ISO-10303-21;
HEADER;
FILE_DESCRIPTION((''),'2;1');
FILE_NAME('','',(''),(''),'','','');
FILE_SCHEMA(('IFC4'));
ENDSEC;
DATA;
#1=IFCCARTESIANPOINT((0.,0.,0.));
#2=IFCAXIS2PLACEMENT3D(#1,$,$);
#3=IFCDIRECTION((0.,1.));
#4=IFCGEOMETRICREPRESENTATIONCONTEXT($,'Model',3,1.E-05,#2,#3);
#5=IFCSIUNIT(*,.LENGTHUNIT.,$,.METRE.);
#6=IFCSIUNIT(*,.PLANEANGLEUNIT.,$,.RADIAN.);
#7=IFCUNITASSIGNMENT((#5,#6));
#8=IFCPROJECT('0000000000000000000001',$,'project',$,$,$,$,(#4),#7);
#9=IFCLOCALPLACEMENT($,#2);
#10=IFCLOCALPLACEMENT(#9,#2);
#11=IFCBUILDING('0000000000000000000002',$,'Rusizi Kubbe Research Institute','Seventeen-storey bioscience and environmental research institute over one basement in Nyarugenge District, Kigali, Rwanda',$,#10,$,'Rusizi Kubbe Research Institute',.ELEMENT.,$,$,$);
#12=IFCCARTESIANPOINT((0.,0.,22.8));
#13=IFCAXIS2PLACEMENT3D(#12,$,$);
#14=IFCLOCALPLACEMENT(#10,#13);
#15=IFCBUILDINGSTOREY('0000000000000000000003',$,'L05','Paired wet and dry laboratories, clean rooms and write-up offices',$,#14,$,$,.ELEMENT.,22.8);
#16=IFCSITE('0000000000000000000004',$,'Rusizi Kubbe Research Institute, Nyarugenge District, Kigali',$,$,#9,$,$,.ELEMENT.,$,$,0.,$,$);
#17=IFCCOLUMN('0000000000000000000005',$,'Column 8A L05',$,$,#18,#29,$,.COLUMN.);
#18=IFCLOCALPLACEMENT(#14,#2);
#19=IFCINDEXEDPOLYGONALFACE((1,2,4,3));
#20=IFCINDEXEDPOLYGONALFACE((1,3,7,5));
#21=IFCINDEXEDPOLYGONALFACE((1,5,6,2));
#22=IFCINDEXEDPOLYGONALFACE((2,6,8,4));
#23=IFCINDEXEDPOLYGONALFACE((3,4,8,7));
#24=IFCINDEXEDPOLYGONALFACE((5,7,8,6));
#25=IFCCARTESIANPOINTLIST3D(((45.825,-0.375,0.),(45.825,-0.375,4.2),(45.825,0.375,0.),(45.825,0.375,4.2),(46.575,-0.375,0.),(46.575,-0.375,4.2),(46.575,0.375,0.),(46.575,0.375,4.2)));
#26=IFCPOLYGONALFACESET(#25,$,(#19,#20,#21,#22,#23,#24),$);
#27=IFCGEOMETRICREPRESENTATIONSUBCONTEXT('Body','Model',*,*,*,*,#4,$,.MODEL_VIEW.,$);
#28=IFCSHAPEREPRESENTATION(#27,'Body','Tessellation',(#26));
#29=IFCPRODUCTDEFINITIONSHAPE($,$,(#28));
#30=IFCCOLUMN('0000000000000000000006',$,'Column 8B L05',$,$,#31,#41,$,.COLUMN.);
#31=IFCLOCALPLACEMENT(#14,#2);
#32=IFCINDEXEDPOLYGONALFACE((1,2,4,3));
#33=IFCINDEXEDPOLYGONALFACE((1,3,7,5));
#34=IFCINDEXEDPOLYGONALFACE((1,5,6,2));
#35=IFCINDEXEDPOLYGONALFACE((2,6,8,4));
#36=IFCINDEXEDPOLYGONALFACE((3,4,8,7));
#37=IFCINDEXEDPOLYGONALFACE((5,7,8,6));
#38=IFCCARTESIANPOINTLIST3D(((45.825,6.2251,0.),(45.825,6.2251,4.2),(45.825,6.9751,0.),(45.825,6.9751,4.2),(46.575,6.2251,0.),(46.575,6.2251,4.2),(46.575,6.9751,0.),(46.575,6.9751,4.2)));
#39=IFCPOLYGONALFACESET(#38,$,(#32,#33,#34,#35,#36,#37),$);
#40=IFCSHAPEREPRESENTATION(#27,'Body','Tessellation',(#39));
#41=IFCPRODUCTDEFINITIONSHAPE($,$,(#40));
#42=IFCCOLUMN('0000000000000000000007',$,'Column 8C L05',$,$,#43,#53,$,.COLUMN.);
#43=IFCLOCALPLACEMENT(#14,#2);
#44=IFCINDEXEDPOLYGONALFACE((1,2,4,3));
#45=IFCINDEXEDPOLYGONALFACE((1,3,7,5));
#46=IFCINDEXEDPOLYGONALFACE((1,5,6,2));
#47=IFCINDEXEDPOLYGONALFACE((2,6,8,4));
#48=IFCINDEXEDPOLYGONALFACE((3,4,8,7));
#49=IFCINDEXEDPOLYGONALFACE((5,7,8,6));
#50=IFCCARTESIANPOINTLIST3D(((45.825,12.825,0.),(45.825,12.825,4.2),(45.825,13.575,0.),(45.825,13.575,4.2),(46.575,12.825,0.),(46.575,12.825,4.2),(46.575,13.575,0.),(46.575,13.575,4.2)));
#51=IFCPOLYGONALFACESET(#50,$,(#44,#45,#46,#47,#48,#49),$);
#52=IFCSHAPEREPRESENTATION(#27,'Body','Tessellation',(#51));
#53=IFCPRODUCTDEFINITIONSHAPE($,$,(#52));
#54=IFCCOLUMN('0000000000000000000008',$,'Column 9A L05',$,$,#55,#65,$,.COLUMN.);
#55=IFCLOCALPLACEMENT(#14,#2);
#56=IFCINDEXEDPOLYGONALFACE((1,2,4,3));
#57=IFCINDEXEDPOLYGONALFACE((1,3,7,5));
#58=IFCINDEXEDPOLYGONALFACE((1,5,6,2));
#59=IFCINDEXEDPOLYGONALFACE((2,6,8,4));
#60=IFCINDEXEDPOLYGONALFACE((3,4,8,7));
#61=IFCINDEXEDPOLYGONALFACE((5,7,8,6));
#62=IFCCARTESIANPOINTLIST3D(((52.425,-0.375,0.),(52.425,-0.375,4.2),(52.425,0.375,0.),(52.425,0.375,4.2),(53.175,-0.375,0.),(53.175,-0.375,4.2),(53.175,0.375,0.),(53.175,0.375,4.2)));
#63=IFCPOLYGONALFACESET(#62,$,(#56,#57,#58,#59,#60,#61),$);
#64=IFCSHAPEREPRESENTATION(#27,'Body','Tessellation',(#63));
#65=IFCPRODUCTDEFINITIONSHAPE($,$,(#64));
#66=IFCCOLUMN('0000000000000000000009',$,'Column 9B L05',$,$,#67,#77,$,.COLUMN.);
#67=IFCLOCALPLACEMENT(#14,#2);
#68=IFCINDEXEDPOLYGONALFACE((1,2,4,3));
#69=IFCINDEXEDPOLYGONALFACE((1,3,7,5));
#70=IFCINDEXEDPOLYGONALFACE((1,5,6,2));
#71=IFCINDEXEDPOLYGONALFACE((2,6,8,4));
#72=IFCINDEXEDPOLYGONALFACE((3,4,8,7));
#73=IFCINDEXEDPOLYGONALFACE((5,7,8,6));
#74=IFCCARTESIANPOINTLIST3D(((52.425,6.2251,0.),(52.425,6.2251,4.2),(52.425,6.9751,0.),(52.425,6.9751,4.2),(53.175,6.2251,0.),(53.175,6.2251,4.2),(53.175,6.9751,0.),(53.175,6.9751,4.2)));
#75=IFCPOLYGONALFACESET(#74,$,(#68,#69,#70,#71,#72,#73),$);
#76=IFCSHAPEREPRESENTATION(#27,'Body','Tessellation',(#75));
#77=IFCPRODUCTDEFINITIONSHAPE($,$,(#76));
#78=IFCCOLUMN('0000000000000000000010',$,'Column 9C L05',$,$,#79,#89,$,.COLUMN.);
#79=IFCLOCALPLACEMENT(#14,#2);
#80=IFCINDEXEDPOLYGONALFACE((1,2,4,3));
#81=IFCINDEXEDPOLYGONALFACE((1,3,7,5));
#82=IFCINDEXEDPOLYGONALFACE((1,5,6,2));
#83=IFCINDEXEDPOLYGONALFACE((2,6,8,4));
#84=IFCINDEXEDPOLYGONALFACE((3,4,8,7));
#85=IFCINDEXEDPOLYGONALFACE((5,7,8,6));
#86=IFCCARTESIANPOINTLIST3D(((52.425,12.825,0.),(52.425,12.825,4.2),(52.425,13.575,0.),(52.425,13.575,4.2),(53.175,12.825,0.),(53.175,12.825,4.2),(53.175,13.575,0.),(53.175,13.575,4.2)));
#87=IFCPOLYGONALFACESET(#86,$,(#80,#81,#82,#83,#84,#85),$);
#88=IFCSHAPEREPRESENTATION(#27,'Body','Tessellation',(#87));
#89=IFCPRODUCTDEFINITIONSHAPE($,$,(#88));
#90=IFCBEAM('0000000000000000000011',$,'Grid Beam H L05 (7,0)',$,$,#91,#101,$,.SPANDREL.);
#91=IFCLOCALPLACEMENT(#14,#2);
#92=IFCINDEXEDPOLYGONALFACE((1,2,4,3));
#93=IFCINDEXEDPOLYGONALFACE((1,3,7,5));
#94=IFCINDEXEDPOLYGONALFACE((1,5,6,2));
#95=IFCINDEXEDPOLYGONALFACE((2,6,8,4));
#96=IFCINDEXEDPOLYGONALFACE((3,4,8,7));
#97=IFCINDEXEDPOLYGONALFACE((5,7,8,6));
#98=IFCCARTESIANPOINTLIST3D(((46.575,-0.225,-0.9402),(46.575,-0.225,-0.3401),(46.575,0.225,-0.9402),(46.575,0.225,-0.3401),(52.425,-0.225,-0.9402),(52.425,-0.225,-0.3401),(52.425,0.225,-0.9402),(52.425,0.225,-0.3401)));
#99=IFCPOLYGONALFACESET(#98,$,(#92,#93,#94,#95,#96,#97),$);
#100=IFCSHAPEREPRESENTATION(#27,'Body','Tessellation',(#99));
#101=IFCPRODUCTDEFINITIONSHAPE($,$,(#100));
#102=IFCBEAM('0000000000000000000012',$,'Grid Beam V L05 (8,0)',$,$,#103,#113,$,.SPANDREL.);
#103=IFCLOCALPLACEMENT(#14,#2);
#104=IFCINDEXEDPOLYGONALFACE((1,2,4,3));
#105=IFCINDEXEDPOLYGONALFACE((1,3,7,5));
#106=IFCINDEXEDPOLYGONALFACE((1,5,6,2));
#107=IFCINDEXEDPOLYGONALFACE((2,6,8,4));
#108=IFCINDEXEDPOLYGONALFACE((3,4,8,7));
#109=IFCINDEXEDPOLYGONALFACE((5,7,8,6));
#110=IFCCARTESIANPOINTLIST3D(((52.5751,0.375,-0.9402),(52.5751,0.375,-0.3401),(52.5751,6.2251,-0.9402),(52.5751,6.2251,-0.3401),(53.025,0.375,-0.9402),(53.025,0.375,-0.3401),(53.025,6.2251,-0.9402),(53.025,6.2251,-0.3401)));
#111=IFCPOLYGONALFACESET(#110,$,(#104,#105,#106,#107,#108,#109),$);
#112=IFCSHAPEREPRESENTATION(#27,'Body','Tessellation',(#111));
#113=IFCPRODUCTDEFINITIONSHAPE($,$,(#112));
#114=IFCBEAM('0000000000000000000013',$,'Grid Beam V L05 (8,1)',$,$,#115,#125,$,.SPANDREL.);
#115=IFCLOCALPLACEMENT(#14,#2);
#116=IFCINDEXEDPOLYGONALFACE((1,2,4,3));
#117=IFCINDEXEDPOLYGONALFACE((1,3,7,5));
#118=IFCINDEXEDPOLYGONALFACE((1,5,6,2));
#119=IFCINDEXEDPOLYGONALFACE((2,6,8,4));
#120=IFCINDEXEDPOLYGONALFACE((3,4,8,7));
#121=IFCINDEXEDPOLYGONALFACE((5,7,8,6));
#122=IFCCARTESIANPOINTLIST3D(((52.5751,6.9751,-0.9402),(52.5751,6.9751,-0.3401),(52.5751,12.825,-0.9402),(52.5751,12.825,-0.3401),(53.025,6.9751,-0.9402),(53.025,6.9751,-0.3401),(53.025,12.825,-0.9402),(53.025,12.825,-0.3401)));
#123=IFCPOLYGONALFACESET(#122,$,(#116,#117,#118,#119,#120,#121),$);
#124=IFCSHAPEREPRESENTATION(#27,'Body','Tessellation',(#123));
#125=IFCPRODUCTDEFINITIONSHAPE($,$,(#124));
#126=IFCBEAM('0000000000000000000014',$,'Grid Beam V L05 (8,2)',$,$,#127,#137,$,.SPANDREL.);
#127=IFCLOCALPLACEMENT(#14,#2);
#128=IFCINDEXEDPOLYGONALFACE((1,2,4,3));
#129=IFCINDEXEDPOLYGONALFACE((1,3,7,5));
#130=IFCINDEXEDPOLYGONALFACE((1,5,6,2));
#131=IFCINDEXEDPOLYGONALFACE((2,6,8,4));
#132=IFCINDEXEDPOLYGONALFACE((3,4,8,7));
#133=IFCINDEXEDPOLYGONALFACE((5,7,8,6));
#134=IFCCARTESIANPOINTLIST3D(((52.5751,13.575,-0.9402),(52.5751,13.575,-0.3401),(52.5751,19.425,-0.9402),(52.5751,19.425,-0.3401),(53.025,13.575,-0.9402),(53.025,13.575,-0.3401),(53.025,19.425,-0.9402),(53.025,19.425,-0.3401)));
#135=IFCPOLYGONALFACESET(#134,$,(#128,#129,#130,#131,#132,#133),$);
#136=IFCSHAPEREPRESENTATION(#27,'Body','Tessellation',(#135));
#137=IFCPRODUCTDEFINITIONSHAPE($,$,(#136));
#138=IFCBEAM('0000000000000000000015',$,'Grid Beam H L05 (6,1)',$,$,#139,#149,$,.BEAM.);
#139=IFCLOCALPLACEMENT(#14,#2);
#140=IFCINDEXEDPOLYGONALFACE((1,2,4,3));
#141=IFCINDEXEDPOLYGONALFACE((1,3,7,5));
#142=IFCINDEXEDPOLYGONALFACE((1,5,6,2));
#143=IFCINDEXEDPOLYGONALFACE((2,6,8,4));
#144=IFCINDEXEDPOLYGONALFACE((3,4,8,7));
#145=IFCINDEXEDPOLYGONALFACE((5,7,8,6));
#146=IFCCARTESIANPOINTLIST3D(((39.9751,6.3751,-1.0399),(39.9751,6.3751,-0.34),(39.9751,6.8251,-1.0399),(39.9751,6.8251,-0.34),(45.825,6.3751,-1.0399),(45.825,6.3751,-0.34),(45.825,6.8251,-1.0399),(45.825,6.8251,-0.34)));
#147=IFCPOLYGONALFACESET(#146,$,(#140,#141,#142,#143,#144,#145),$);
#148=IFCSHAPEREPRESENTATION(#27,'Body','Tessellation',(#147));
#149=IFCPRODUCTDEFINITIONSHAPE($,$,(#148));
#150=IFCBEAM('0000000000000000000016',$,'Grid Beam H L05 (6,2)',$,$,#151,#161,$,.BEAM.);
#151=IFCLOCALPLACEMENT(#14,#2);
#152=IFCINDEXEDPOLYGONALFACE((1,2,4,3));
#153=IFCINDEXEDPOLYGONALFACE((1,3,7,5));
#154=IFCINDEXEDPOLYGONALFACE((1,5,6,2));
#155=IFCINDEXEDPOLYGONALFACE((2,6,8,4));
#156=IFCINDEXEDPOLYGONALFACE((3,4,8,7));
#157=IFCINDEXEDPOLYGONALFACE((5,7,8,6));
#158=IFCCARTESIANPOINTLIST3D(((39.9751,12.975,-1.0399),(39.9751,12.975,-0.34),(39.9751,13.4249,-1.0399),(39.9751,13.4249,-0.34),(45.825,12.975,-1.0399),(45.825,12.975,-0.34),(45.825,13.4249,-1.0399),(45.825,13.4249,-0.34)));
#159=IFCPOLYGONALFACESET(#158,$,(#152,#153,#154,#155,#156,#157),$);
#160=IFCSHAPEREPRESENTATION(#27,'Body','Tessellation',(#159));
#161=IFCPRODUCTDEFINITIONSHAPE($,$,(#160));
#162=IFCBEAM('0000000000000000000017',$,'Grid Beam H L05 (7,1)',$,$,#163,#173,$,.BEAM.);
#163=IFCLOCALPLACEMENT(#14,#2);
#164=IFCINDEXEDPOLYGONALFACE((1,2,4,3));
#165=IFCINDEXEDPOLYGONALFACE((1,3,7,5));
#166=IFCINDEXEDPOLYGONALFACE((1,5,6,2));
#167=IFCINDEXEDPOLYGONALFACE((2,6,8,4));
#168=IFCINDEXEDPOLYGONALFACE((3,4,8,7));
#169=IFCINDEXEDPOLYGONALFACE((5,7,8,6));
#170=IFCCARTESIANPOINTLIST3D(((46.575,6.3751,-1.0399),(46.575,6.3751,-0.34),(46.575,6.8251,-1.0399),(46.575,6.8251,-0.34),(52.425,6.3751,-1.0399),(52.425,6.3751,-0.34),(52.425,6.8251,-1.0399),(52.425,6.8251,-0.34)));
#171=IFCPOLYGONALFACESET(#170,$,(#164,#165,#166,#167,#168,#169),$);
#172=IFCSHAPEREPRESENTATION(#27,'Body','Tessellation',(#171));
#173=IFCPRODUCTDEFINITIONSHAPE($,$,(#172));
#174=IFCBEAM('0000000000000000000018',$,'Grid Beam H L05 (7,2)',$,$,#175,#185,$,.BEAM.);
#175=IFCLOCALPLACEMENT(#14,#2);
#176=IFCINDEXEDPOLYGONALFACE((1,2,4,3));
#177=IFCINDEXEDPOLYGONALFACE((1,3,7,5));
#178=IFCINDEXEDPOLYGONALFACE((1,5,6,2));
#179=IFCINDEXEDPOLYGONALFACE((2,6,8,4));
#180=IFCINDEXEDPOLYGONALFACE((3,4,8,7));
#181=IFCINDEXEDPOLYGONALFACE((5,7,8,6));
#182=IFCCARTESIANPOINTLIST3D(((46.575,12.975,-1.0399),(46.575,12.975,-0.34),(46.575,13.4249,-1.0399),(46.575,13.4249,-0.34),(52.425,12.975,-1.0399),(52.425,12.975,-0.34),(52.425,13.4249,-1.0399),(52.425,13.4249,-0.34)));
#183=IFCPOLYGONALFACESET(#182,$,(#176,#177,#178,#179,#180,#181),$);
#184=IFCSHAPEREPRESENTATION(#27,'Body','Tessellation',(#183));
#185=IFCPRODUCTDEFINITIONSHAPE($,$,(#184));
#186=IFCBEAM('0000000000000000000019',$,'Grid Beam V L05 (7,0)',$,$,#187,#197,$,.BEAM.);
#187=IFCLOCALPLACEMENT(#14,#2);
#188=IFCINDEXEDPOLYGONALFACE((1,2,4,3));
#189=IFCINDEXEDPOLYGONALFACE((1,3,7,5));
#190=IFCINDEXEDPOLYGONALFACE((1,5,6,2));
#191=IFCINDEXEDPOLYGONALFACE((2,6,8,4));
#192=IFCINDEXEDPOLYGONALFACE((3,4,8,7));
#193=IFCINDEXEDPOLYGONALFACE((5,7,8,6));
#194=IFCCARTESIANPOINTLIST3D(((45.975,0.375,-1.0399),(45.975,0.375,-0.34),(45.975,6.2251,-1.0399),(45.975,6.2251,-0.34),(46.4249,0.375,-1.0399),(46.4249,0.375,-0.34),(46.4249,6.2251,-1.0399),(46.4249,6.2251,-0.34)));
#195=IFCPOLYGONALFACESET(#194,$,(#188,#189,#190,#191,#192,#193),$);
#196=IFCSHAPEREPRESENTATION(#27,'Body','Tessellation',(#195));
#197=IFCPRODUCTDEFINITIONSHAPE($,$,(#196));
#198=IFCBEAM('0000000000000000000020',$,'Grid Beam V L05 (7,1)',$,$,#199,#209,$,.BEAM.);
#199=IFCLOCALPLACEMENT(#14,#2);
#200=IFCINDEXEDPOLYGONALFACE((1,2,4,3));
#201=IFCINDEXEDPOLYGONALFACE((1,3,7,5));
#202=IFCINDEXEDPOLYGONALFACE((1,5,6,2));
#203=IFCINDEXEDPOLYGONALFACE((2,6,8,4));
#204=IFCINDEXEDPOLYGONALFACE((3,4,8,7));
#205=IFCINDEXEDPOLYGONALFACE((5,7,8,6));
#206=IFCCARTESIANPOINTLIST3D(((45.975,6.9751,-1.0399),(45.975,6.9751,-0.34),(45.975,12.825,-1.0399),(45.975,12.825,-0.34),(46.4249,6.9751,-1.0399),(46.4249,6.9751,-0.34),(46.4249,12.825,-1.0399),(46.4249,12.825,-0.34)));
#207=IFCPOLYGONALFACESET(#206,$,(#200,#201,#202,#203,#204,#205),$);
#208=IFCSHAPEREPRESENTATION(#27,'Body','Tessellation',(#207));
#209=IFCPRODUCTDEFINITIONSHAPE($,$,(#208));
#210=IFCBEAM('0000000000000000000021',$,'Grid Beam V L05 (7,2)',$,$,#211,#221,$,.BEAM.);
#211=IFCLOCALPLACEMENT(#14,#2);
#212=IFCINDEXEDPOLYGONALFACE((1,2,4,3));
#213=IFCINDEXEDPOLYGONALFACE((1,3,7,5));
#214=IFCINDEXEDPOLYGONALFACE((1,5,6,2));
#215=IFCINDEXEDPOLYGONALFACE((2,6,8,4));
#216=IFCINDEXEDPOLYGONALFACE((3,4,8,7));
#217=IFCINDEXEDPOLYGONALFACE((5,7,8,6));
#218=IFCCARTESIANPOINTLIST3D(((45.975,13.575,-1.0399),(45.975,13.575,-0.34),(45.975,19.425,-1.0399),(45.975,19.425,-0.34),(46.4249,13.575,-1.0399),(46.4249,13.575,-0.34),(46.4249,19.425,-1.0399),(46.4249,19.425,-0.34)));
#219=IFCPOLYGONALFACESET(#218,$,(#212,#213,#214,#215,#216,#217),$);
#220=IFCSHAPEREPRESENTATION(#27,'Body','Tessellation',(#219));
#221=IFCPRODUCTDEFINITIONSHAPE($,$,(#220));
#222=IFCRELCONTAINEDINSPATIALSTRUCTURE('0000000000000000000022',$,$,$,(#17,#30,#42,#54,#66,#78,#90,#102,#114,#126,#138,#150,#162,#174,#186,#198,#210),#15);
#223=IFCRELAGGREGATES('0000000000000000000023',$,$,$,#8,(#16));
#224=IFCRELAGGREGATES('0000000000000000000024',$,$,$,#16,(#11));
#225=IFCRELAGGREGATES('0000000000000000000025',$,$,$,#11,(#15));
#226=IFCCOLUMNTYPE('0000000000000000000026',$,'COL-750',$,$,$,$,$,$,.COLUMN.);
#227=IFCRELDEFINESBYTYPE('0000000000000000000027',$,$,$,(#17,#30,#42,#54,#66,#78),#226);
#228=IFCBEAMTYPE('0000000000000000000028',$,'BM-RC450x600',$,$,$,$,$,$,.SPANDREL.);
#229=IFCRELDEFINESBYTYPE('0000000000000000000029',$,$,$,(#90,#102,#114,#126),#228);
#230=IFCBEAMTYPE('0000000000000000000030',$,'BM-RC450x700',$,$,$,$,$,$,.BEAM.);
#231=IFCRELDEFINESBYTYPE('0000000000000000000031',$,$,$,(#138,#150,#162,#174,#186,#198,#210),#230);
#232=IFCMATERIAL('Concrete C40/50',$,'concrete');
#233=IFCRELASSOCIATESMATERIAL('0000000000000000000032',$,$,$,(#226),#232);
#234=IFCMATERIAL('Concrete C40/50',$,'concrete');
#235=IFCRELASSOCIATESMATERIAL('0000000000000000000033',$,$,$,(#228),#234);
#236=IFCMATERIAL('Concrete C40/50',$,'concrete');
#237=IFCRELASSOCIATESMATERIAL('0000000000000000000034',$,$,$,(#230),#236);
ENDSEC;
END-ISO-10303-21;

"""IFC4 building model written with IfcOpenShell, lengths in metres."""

from ifc_helpers import new_model, si_unit, direction, frame, origin, origin_2d, place, context, subcontext, project, spatial, rectangle, extrude, material, material_profile, profile_set, type_object, element, save


model = new_model("IFC4")

# Units and contexts
model_context = context("Model", 3, precision=1e-05, world=origin(), true_north=direction((0.0, 1.0)))
body_context = subcontext(model_context, "Body", "Model", "MODEL_VIEW")
ifc_project = project(units=[si_unit("LENGTHUNIT", "METRE"), si_unit("PLANEANGLEUNIT", "RADIAN")], contexts=[model_context])

# Site, building, storey
site_placement = place(None, origin())
site = spatial("IfcSite", under=ifc_project, at=site_placement, Name="Rusizi Kubbe Research Institute, Nyarugenge District, Kigali", CompositionType="ELEMENT", RefElevation=0.0)
building_placement = place(site_placement, origin())
building = spatial("IfcBuilding", under=site, at=building_placement, Name="Rusizi Kubbe Research Institute", Description="Seventeen-storey bioscience and environmental research institute over one basement in Nyarugenge District, Kigali, Rwanda", LongName="Rusizi Kubbe Research Institute", CompositionType="ELEMENT")
storey_placement = place(building_placement, frame((0.0, 0.0, 22.8)))
storey = spatial("IfcBuildingStorey", under=building, at=storey_placement, Name="L05", Description="Paired wet and dry laboratories, clean rooms and write-up offices", CompositionType="ELEMENT", Elevation=22.8)

# Columns
ifc_material_1 = material(Name="Concrete C40/50", Category="concrete")
ifc_material_profile_1 = material_profile(ifc_material_1, rectangle(XDim=0.75, YDim=0.75, at=origin_2d()), Name="RC750x750")
ifc_profile_set_1 = profile_set([ifc_material_profile_1], Name="Concrete C40/50")
column_type = type_object("IfcColumnType", Name="COL-750", PredefinedType="COLUMN", material=ifc_profile_set_1)
for number, where, z_axis, x_axis, name in (
    (1, (46.2, 0.0, 0.0), (0.0, 0.0, 1.0), (1.0, 0.0, 0.0), "Column 8A L05"),
    (2, (46.2, 6.6001, 0.0), (0.0, 0.0, 1.0), (1.0, 0.0, 0.0), "Column 8B L05"),
    (3, (46.2, 13.2, 0.0), (0.0, 0.0, 1.0), (1.0, 0.0, 0.0), "Column 8C L05"),
    (4, (52.8, 0.0, 0.0), (0.0, 0.0, 1.0), (1.0, 0.0, 0.0), "Column 9A L05"),
    (5, (52.8, 6.6001, 0.0), (0.0, 0.0, 1.0), (1.0, 0.0, 0.0), "Column 9B L05"),
    (6, (52.8, 13.2, 0.0), (0.0, 0.0, 1.0), (1.0, 0.0, 0.0), "Column 9C L05"),
):
    element("IfcColumn", number, at=place(storey_placement, frame(where, z_axis=z_axis, x_axis=x_axis)), inside=storey, type_object=column_type, Name=name, PredefinedType="COLUMN", context=body_context, shape_type="SweptSolid", body=[
        extrude(rectangle(XDim=0.75, YDim=0.75, at=origin_2d()), origin(), (0.0, 0.0, 1.0), 4.2),
    ])

# Beams
ifc_material_2 = material(Name="Concrete C40/50", Category="concrete")
ifc_material_profile_2 = material_profile(ifc_material_2, rectangle(XDim=0.45, YDim=0.6001, at=origin_2d()), Name="RC450x600")
ifc_profile_set_2 = profile_set([ifc_material_profile_2], Name="Concrete C40/50")
beam_type_1 = type_object("IfcBeamType", Name="BM-RC450x600", PredefinedType="SPANDREL", material=ifc_profile_set_2)
for number, where, z_axis, x_axis, name in (
    (7, (46.575, 0.0, -0.6401), (1.0, 0.0, 0.0), (0.0, 1.0, 0.0), "Grid Beam H L05 (7,0)"),
    (8, (52.8, 0.375, -0.6401), (0.0, 1.0, 0.0), (-1.0, 0.0, 0.0), "Grid Beam V L05 (8,0)"),
):
    element("IfcBeam", number, at=place(storey_placement, frame(where, z_axis=z_axis, x_axis=x_axis)), inside=storey, type_object=beam_type_1, Name=name, PredefinedType="SPANDREL", context=body_context, shape_type="SweptSolid", body=[
        extrude(rectangle(XDim=0.45, YDim=0.6001, at=origin_2d()), origin(), (0.0, 0.0, 1.0), 5.8501),
    ])
beam_1_placement = place(storey_placement, frame((52.8, 6.9751, -0.6401), z_axis=(0.0, 1.0, 0.0), x_axis=(-1.0, 0.0, 0.0)))
element("IfcBeam", 9, at=beam_1_placement, inside=storey, type_object=beam_type_1, Name="Grid Beam V L05 (8,1)", PredefinedType="SPANDREL", context=body_context, shape_type="SweptSolid", body=[
    extrude(rectangle(XDim=0.45, YDim=0.6001, at=origin_2d()), origin(), (0.0, 0.0, 1.0), 5.8499),
])
beam_2_placement = place(storey_placement, frame((52.8, 13.575, -0.6401), z_axis=(0.0, 1.0, 0.0), x_axis=(-1.0, 0.0, 0.0)))
element("IfcBeam", 10, at=beam_2_placement, inside=storey, type_object=beam_type_1, Name="Grid Beam V L05 (8,2)", PredefinedType="SPANDREL", context=body_context, shape_type="SweptSolid", body=[
    extrude(rectangle(XDim=0.45, YDim=0.6001, at=origin_2d()), origin(), (0.0, 0.0, 1.0), 5.8501),
])
ifc_material_3 = material(Name="Concrete C40/50", Category="concrete")
ifc_material_profile_3 = material_profile(ifc_material_3, rectangle(XDim=0.45, YDim=0.7, at=origin_2d()), Name="RC450x700B")
ifc_profile_set_3 = profile_set([ifc_material_profile_3], Name="Concrete C40/50")
beam_type_2 = type_object("IfcBeamType", Name="BM-RC450x700", PredefinedType="BEAM", material=ifc_profile_set_3)
for number, where, z_axis, x_axis, name in (
    (11, (39.9751, 6.6001, -0.6899), (1.0, 0.0, 0.0), (0.0, 1.0, 0.0), "Grid Beam H L05 (6,1)"),
    (12, (39.9751, 13.2, -0.6899), (1.0, 0.0, 0.0), (0.0, 1.0, 0.0), "Grid Beam H L05 (6,2)"),
):
    element("IfcBeam", number, at=place(storey_placement, frame(where, z_axis=z_axis, x_axis=x_axis)), inside=storey, type_object=beam_type_2, Name=name, PredefinedType="BEAM", context=body_context, shape_type="SweptSolid", body=[
        extrude(rectangle(XDim=0.45, YDim=0.7, at=origin_2d()), origin(), (0.0, 0.0, 1.0), 5.8499),
    ])
for number, where, z_axis, x_axis, name in (
    (13, (46.575, 6.6001, -0.6899), (1.0, 0.0, 0.0), (0.0, 1.0, 0.0), "Grid Beam H L05 (7,1)"),
    (14, (46.575, 13.2, -0.6899), (1.0, 0.0, 0.0), (0.0, 1.0, 0.0), "Grid Beam H L05 (7,2)"),
    (15, (46.2, 0.375, -0.6899), (0.0, 1.0, 0.0), (-1.0, 0.0, 0.0), "Grid Beam V L05 (7,0)"),
):
    element("IfcBeam", number, at=place(storey_placement, frame(where, z_axis=z_axis, x_axis=x_axis)), inside=storey, type_object=beam_type_2, Name=name, PredefinedType="BEAM", context=body_context, shape_type="SweptSolid", body=[
        extrude(rectangle(XDim=0.45, YDim=0.7, at=origin_2d()), origin(), (0.0, 0.0, 1.0), 5.8501),
    ])
beam_3_placement = place(storey_placement, frame((46.2, 6.9751, -0.6899), z_axis=(0.0, 1.0, 0.0), x_axis=(-1.0, 0.0, 0.0)))
element("IfcBeam", 16, at=beam_3_placement, inside=storey, type_object=beam_type_2, Name="Grid Beam V L05 (7,1)", PredefinedType="BEAM", context=body_context, shape_type="SweptSolid", body=[
    extrude(rectangle(XDim=0.45, YDim=0.7, at=origin_2d()), origin(), (0.0, 0.0, 1.0), 5.8499),
])
beam_4_placement = place(storey_placement, frame((46.2, 13.575, -0.6899), z_axis=(0.0, 1.0, 0.0), x_axis=(-1.0, 0.0, 0.0)))
element("IfcBeam", 17, at=beam_4_placement, inside=storey, type_object=beam_type_2, Name="Grid Beam V L05 (7,2)", PredefinedType="BEAM", context=body_context, shape_type="SweptSolid", body=[
    extrude(rectangle(XDim=0.45, YDim=0.7, at=origin_2d()), origin(), (0.0, 0.0, 1.0), 5.8501),
])

save(model, "model.ifc")
